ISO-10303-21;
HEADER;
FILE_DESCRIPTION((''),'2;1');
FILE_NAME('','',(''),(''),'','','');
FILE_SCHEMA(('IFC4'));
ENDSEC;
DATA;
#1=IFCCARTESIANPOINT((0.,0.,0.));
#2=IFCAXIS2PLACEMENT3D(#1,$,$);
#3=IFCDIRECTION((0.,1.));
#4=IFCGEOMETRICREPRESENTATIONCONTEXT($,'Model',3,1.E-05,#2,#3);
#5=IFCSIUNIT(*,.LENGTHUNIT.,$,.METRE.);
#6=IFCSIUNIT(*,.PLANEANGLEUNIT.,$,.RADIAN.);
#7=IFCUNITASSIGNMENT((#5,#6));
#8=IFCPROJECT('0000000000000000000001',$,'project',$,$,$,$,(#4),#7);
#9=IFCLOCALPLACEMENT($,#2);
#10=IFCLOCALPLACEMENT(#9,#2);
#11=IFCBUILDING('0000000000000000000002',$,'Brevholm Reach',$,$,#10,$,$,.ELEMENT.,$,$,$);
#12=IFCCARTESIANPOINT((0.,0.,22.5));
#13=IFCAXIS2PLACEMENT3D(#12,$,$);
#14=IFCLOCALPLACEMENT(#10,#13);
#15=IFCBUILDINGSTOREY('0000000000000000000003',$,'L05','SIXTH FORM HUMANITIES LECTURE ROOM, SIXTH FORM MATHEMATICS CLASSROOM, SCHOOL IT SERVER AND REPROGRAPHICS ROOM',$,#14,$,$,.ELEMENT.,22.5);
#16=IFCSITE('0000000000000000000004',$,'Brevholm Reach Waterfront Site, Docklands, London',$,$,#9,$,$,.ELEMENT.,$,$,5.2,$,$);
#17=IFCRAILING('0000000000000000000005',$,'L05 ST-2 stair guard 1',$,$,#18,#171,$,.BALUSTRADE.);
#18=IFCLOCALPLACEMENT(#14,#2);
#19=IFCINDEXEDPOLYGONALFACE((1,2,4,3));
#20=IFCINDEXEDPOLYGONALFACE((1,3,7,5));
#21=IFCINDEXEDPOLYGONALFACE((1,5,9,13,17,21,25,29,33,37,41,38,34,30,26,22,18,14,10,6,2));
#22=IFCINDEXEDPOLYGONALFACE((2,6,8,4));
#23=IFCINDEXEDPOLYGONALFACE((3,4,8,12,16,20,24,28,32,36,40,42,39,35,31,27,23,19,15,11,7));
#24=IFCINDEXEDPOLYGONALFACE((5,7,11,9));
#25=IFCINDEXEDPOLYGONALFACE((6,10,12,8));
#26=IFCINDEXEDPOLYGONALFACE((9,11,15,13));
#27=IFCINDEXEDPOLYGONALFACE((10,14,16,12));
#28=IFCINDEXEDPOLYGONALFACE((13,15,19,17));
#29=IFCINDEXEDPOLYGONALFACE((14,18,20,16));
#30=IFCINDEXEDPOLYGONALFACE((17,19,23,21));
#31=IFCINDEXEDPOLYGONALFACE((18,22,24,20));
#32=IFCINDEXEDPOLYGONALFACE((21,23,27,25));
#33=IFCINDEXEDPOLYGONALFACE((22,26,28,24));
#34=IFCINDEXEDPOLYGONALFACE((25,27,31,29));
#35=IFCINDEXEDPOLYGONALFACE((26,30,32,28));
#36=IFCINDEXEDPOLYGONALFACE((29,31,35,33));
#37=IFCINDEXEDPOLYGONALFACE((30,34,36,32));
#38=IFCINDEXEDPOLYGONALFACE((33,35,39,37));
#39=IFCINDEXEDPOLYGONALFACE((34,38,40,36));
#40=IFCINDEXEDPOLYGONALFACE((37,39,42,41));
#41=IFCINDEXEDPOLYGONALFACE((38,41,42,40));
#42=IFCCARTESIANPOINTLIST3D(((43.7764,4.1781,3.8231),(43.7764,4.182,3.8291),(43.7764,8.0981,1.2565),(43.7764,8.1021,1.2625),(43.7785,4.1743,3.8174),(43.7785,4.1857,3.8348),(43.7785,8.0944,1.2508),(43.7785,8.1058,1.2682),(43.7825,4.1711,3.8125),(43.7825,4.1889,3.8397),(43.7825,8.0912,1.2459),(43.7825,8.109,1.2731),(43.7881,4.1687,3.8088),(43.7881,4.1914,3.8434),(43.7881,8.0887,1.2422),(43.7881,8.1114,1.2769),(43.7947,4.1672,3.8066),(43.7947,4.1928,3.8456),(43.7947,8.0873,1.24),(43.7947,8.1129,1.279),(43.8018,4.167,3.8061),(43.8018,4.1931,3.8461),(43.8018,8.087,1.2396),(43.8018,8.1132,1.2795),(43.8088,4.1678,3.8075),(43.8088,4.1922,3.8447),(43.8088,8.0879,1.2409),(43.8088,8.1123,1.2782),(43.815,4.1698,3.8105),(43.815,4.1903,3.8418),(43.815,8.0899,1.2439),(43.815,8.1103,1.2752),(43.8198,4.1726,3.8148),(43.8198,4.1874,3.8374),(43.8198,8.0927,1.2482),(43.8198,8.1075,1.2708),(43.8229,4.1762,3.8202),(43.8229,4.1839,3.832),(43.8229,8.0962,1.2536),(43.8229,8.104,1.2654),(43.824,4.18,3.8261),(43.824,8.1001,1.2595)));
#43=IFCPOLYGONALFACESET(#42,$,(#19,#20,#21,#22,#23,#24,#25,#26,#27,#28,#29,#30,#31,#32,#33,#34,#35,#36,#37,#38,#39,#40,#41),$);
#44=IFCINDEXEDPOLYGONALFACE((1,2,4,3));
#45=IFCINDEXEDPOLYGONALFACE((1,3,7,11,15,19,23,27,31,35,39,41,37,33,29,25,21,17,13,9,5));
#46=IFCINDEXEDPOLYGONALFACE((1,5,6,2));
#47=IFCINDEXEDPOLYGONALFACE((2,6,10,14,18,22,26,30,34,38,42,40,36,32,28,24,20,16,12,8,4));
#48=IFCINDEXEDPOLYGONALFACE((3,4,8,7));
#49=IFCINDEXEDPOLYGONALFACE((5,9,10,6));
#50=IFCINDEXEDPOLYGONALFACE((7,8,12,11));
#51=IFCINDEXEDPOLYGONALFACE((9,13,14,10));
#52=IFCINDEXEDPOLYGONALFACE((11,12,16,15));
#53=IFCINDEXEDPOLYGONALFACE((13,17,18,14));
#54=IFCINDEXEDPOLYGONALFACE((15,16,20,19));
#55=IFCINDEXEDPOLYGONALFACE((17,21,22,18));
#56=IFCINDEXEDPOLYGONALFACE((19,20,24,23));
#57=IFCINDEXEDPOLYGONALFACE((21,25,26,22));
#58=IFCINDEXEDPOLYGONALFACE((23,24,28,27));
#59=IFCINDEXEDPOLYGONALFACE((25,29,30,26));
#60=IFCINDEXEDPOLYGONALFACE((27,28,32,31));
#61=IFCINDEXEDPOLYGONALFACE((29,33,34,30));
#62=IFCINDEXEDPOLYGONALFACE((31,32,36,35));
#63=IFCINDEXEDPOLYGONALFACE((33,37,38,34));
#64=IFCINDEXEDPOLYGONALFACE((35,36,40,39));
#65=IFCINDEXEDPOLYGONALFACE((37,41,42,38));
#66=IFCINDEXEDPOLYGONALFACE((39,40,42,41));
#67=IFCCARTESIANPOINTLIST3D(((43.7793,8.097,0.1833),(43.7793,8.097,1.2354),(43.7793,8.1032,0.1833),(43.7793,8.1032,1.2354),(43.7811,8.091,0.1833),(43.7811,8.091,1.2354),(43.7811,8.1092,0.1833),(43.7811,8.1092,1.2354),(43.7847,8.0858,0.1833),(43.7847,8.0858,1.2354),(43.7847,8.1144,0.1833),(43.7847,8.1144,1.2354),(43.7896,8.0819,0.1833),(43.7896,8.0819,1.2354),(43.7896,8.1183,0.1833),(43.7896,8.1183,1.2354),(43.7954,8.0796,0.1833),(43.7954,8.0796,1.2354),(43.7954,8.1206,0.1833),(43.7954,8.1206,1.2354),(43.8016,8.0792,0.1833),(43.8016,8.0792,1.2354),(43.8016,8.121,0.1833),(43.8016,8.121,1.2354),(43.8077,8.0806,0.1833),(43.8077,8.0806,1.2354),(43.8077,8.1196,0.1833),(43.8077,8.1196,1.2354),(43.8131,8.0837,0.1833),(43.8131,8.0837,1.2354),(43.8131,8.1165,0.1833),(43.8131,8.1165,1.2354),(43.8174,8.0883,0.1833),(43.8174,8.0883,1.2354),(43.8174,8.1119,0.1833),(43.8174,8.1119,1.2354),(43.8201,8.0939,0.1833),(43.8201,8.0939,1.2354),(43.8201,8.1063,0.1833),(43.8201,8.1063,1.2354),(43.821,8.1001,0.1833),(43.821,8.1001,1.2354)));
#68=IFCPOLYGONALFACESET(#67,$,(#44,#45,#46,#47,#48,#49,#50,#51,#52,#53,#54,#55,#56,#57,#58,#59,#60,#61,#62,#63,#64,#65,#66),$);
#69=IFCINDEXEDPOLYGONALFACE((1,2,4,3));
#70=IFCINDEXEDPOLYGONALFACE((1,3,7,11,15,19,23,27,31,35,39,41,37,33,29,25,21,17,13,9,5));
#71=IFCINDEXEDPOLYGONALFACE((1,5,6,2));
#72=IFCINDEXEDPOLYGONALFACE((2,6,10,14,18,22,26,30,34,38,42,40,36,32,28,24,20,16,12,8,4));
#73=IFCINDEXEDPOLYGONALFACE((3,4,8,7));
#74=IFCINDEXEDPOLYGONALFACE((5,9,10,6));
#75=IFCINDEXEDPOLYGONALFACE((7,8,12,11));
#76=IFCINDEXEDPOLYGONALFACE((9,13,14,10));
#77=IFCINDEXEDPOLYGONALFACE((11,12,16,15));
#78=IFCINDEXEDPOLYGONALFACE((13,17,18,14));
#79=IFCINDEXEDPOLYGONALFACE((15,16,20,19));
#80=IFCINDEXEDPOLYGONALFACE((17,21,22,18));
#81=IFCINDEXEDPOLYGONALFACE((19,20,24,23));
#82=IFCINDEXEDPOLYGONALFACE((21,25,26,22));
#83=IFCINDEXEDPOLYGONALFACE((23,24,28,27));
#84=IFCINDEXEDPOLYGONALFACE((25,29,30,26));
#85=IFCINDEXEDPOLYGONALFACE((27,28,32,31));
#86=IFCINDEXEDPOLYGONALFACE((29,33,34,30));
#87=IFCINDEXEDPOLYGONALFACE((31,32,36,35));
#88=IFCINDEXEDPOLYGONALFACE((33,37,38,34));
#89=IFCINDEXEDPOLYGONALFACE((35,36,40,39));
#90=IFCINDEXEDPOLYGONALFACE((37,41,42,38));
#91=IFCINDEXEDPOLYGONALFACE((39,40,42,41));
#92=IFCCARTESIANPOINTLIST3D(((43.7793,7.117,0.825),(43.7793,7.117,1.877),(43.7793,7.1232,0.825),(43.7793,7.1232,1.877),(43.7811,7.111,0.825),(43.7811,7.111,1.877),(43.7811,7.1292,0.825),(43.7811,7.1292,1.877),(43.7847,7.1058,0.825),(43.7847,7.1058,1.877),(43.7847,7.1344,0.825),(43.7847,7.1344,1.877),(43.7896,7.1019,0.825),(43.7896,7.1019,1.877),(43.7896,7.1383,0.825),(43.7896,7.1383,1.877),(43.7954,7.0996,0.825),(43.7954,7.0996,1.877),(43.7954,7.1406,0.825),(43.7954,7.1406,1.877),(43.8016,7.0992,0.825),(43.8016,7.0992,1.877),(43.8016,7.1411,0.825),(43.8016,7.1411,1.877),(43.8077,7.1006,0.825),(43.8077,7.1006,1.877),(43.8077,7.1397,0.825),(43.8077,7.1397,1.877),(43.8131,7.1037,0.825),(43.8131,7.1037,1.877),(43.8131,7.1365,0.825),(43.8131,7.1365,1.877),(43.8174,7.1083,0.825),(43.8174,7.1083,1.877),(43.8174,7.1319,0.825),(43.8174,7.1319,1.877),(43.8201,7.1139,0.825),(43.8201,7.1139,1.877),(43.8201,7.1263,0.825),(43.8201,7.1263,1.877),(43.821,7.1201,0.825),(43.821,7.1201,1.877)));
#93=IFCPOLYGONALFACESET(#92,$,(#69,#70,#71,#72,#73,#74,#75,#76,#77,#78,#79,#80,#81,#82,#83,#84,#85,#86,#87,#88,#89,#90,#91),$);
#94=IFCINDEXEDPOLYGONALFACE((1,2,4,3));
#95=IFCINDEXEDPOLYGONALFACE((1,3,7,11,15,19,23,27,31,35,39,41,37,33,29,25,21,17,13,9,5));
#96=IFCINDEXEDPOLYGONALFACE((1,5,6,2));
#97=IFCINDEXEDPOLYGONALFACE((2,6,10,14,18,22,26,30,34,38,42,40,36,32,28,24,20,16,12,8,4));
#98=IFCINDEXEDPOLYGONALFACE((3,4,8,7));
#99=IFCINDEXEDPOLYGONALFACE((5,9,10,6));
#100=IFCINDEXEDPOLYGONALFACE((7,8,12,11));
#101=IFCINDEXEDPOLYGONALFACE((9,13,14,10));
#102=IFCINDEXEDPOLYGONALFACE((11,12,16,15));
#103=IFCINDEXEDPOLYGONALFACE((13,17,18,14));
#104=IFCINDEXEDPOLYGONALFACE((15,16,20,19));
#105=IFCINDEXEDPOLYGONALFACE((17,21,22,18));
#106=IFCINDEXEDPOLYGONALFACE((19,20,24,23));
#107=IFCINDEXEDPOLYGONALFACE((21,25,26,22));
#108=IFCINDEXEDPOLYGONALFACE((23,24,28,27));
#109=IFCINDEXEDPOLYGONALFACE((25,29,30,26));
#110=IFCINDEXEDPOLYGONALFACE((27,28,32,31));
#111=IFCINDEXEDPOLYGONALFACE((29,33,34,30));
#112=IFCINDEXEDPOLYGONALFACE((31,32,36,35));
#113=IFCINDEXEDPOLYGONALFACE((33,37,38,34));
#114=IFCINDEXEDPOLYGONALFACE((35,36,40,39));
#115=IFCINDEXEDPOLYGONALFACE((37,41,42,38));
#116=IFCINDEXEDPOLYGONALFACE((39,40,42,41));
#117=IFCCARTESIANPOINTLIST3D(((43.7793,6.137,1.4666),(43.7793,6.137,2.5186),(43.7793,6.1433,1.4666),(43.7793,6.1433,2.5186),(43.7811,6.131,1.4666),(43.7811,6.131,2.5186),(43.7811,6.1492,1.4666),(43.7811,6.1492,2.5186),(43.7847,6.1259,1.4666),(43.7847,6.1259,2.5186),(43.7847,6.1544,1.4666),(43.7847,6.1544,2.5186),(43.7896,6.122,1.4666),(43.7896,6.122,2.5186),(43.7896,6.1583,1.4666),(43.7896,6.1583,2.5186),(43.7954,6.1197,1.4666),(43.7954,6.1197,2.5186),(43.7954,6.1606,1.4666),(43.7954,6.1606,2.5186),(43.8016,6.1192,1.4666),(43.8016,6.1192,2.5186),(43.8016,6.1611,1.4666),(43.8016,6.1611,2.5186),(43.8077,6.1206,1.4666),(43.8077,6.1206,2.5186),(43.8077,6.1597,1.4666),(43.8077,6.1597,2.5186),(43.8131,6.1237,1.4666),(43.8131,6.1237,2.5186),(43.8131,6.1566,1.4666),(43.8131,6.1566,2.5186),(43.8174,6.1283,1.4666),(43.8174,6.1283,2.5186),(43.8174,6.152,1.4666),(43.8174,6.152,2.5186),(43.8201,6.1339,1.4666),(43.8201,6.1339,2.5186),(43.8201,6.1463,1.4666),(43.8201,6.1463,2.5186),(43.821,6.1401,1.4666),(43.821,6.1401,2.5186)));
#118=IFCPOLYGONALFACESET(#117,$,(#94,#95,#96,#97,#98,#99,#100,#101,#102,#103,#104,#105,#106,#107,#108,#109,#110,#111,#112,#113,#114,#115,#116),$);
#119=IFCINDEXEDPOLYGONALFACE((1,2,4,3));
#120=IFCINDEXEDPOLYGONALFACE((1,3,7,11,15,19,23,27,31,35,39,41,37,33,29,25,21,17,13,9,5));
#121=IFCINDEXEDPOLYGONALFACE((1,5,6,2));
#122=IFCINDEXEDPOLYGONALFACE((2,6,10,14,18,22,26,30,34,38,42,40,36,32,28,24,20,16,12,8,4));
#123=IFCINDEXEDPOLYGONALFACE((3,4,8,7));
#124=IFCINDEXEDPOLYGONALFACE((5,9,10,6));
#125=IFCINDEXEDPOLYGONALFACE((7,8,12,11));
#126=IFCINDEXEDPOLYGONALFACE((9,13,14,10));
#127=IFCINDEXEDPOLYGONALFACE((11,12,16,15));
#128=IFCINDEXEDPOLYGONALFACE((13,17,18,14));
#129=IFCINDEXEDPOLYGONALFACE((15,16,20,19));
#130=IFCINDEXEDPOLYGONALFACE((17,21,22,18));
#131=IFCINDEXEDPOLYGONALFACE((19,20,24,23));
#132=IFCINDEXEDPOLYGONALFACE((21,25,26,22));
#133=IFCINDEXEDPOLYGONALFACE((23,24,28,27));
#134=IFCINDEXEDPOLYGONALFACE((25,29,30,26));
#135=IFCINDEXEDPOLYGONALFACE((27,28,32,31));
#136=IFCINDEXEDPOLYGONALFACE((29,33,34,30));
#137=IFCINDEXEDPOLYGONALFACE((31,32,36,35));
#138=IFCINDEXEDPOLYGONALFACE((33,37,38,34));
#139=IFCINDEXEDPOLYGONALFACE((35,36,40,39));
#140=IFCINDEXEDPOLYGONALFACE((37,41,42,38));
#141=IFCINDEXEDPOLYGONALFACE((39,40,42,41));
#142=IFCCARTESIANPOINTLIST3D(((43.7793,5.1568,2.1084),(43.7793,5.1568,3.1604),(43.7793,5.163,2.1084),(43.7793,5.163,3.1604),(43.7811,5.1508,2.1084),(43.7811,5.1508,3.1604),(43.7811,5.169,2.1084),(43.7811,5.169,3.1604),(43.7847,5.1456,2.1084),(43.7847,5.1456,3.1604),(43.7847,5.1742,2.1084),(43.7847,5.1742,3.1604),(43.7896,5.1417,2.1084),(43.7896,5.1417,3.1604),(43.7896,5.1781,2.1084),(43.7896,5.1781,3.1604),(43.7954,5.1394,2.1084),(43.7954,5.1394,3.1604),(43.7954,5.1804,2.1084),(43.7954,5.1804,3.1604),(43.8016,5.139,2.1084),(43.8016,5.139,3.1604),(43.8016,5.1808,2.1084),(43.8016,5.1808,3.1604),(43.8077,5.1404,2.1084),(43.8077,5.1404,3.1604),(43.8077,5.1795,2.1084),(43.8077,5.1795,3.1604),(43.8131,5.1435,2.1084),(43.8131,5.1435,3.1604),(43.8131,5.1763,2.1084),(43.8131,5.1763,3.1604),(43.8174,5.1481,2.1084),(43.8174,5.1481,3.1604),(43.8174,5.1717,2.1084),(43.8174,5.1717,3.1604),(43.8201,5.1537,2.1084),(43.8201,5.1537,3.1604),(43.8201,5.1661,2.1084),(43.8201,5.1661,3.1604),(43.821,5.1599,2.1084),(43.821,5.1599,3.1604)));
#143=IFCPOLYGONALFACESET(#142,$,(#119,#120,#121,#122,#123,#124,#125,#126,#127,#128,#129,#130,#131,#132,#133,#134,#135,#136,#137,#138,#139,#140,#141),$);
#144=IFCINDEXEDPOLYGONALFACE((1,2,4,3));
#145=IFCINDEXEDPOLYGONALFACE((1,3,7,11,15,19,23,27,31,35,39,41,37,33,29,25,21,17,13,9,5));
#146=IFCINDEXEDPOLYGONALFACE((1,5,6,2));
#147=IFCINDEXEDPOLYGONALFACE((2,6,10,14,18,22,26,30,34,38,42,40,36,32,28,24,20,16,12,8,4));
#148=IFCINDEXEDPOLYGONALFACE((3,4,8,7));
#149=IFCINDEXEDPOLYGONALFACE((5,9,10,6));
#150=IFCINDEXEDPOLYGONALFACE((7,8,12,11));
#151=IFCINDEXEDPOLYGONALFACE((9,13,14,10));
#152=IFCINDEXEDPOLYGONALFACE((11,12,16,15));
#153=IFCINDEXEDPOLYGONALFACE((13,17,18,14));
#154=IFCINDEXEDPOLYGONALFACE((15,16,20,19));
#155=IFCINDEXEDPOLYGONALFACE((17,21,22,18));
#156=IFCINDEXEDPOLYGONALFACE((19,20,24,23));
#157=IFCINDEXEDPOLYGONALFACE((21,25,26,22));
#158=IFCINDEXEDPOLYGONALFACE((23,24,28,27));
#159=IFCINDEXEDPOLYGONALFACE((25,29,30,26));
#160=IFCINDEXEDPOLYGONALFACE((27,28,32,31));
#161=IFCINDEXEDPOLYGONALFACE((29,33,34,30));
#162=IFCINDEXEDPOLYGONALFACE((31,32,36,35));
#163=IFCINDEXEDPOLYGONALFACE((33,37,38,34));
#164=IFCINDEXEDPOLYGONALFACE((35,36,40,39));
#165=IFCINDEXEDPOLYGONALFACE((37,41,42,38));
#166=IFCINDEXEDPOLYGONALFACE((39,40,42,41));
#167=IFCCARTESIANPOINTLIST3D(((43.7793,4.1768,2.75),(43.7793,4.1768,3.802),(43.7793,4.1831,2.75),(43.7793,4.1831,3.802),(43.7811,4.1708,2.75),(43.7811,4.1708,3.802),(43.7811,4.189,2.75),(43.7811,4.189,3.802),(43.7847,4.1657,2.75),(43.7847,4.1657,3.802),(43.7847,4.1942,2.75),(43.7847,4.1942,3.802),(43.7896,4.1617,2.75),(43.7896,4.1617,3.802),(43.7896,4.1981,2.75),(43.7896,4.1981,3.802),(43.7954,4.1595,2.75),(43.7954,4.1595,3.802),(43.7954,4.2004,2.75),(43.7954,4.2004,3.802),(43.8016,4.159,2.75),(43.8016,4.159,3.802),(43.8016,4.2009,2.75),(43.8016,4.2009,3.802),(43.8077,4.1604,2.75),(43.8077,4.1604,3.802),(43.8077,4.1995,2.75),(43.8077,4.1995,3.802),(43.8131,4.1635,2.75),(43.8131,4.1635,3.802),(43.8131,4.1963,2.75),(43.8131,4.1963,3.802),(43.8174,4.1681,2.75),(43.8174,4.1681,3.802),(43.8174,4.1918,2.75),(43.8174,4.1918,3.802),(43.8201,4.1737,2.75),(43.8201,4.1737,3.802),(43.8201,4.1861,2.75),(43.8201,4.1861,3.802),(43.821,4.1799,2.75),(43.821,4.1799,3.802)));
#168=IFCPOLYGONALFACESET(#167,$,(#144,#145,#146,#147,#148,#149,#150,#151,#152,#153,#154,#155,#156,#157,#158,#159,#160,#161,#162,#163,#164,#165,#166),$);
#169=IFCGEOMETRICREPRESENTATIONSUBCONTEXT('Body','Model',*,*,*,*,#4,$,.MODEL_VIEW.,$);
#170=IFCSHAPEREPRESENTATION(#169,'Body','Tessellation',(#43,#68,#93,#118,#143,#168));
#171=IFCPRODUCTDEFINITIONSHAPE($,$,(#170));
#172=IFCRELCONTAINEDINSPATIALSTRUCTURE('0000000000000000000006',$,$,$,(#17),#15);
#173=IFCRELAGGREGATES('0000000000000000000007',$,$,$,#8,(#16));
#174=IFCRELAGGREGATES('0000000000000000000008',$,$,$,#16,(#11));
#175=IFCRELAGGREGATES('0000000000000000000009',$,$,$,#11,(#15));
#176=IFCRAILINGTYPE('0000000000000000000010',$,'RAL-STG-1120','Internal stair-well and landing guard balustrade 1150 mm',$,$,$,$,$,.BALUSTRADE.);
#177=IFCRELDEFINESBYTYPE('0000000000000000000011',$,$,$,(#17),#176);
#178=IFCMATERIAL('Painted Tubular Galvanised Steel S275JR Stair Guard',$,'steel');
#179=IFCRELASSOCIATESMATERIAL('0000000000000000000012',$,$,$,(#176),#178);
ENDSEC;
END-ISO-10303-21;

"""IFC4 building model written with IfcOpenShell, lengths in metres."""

from ifc_helpers import new_model, si_unit, direction, frame, origin, origin_2d, place, context, subcontext, project, spatial, circle, extrude, material, type_object, element, save


model = new_model("IFC4")

# Units and contexts
model_context = context("Model", 3, precision=1e-05, world=origin(), true_north=direction((0.0, 1.0)))
body_context = subcontext(model_context, "Body", "Model", "MODEL_VIEW")
ifc_project = project(units=[si_unit("LENGTHUNIT", "METRE"), si_unit("PLANEANGLEUNIT", "RADIAN")], contexts=[model_context])

# Site, building, storey
site_placement = place(None, origin())
site = spatial("IfcSite", under=ifc_project, at=site_placement, Name="Brevholm Reach Waterfront Site, Docklands, London", CompositionType="ELEMENT", RefElevation=5.2)
building_placement = place(site_placement, origin())
building = spatial("IfcBuilding", under=site, at=building_placement, Name="Brevholm Reach", CompositionType="ELEMENT")
storey_placement = place(building_placement, frame((0.0, 0.0, 22.5)))
storey = spatial("IfcBuildingStorey", under=building, at=storey_placement, Name="L05", Description="SIXTH FORM HUMANITIES LECTURE ROOM, SIXTH FORM MATHEMATICS CLASSROOM, SCHOOL IT SERVER AND REPROGRAPHICS ROOM", CompositionType="ELEMENT", Elevation=22.5)

# Railing
ifc_material_1 = material(Name="Painted Tubular Galvanised Steel S275JR Stair Guard", Category="steel")
railing_type_1 = type_object("IfcRailingType", Name="RAL-STG-1120", Description="Internal stair-well and landing guard balustrade 1150 mm", PredefinedType="BALUSTRADE", material=ifc_material_1)
railing_1_placement = place(storey_placement, frame((43.8, 8.1001, 0.1833)))
element("IfcRailing", 1, at=railing_1_placement, inside=storey, type_object=railing_type_1, Name="L05 ST-2 stair guard 1", PredefinedType="BALUSTRADE", context=body_context, shape_type="SweptSolid", body=[
    extrude(circle(Radius=0.0239, at=origin_2d()), frame((0.0, 0.0, 1.0762), z_axis=(0.0, -0.836631, 0.547767), x_axis=(1.0, 0.0, 0.0)), (0.0, 0.0, 1.0), 4.6855),
    extrude(circle(Radius=0.021, at=origin_2d()), origin(), (0.0, 0.0, 1.0), 1.052),
    extrude(circle(Radius=0.021, at=origin_2d()), frame((0.0, -0.98, 0.6416)), (0.0, 0.0, 1.0), 1.052),
    extrude(circle(Radius=0.021, at=origin_2d()), frame((0.0, -1.96, 1.2832)), (0.0, 0.0, 1.0), 1.052),
    extrude(circle(Radius=0.021, at=origin_2d()), frame((0.0, -2.9402, 1.925)), (0.0, 0.0, 1.0), 1.052),
    extrude(circle(Radius=0.021, at=origin_2d()), frame((0.0, -3.9202, 2.5667)), (0.0, 0.0, 1.0), 1.052),
])

save(model, "model.ifc")
